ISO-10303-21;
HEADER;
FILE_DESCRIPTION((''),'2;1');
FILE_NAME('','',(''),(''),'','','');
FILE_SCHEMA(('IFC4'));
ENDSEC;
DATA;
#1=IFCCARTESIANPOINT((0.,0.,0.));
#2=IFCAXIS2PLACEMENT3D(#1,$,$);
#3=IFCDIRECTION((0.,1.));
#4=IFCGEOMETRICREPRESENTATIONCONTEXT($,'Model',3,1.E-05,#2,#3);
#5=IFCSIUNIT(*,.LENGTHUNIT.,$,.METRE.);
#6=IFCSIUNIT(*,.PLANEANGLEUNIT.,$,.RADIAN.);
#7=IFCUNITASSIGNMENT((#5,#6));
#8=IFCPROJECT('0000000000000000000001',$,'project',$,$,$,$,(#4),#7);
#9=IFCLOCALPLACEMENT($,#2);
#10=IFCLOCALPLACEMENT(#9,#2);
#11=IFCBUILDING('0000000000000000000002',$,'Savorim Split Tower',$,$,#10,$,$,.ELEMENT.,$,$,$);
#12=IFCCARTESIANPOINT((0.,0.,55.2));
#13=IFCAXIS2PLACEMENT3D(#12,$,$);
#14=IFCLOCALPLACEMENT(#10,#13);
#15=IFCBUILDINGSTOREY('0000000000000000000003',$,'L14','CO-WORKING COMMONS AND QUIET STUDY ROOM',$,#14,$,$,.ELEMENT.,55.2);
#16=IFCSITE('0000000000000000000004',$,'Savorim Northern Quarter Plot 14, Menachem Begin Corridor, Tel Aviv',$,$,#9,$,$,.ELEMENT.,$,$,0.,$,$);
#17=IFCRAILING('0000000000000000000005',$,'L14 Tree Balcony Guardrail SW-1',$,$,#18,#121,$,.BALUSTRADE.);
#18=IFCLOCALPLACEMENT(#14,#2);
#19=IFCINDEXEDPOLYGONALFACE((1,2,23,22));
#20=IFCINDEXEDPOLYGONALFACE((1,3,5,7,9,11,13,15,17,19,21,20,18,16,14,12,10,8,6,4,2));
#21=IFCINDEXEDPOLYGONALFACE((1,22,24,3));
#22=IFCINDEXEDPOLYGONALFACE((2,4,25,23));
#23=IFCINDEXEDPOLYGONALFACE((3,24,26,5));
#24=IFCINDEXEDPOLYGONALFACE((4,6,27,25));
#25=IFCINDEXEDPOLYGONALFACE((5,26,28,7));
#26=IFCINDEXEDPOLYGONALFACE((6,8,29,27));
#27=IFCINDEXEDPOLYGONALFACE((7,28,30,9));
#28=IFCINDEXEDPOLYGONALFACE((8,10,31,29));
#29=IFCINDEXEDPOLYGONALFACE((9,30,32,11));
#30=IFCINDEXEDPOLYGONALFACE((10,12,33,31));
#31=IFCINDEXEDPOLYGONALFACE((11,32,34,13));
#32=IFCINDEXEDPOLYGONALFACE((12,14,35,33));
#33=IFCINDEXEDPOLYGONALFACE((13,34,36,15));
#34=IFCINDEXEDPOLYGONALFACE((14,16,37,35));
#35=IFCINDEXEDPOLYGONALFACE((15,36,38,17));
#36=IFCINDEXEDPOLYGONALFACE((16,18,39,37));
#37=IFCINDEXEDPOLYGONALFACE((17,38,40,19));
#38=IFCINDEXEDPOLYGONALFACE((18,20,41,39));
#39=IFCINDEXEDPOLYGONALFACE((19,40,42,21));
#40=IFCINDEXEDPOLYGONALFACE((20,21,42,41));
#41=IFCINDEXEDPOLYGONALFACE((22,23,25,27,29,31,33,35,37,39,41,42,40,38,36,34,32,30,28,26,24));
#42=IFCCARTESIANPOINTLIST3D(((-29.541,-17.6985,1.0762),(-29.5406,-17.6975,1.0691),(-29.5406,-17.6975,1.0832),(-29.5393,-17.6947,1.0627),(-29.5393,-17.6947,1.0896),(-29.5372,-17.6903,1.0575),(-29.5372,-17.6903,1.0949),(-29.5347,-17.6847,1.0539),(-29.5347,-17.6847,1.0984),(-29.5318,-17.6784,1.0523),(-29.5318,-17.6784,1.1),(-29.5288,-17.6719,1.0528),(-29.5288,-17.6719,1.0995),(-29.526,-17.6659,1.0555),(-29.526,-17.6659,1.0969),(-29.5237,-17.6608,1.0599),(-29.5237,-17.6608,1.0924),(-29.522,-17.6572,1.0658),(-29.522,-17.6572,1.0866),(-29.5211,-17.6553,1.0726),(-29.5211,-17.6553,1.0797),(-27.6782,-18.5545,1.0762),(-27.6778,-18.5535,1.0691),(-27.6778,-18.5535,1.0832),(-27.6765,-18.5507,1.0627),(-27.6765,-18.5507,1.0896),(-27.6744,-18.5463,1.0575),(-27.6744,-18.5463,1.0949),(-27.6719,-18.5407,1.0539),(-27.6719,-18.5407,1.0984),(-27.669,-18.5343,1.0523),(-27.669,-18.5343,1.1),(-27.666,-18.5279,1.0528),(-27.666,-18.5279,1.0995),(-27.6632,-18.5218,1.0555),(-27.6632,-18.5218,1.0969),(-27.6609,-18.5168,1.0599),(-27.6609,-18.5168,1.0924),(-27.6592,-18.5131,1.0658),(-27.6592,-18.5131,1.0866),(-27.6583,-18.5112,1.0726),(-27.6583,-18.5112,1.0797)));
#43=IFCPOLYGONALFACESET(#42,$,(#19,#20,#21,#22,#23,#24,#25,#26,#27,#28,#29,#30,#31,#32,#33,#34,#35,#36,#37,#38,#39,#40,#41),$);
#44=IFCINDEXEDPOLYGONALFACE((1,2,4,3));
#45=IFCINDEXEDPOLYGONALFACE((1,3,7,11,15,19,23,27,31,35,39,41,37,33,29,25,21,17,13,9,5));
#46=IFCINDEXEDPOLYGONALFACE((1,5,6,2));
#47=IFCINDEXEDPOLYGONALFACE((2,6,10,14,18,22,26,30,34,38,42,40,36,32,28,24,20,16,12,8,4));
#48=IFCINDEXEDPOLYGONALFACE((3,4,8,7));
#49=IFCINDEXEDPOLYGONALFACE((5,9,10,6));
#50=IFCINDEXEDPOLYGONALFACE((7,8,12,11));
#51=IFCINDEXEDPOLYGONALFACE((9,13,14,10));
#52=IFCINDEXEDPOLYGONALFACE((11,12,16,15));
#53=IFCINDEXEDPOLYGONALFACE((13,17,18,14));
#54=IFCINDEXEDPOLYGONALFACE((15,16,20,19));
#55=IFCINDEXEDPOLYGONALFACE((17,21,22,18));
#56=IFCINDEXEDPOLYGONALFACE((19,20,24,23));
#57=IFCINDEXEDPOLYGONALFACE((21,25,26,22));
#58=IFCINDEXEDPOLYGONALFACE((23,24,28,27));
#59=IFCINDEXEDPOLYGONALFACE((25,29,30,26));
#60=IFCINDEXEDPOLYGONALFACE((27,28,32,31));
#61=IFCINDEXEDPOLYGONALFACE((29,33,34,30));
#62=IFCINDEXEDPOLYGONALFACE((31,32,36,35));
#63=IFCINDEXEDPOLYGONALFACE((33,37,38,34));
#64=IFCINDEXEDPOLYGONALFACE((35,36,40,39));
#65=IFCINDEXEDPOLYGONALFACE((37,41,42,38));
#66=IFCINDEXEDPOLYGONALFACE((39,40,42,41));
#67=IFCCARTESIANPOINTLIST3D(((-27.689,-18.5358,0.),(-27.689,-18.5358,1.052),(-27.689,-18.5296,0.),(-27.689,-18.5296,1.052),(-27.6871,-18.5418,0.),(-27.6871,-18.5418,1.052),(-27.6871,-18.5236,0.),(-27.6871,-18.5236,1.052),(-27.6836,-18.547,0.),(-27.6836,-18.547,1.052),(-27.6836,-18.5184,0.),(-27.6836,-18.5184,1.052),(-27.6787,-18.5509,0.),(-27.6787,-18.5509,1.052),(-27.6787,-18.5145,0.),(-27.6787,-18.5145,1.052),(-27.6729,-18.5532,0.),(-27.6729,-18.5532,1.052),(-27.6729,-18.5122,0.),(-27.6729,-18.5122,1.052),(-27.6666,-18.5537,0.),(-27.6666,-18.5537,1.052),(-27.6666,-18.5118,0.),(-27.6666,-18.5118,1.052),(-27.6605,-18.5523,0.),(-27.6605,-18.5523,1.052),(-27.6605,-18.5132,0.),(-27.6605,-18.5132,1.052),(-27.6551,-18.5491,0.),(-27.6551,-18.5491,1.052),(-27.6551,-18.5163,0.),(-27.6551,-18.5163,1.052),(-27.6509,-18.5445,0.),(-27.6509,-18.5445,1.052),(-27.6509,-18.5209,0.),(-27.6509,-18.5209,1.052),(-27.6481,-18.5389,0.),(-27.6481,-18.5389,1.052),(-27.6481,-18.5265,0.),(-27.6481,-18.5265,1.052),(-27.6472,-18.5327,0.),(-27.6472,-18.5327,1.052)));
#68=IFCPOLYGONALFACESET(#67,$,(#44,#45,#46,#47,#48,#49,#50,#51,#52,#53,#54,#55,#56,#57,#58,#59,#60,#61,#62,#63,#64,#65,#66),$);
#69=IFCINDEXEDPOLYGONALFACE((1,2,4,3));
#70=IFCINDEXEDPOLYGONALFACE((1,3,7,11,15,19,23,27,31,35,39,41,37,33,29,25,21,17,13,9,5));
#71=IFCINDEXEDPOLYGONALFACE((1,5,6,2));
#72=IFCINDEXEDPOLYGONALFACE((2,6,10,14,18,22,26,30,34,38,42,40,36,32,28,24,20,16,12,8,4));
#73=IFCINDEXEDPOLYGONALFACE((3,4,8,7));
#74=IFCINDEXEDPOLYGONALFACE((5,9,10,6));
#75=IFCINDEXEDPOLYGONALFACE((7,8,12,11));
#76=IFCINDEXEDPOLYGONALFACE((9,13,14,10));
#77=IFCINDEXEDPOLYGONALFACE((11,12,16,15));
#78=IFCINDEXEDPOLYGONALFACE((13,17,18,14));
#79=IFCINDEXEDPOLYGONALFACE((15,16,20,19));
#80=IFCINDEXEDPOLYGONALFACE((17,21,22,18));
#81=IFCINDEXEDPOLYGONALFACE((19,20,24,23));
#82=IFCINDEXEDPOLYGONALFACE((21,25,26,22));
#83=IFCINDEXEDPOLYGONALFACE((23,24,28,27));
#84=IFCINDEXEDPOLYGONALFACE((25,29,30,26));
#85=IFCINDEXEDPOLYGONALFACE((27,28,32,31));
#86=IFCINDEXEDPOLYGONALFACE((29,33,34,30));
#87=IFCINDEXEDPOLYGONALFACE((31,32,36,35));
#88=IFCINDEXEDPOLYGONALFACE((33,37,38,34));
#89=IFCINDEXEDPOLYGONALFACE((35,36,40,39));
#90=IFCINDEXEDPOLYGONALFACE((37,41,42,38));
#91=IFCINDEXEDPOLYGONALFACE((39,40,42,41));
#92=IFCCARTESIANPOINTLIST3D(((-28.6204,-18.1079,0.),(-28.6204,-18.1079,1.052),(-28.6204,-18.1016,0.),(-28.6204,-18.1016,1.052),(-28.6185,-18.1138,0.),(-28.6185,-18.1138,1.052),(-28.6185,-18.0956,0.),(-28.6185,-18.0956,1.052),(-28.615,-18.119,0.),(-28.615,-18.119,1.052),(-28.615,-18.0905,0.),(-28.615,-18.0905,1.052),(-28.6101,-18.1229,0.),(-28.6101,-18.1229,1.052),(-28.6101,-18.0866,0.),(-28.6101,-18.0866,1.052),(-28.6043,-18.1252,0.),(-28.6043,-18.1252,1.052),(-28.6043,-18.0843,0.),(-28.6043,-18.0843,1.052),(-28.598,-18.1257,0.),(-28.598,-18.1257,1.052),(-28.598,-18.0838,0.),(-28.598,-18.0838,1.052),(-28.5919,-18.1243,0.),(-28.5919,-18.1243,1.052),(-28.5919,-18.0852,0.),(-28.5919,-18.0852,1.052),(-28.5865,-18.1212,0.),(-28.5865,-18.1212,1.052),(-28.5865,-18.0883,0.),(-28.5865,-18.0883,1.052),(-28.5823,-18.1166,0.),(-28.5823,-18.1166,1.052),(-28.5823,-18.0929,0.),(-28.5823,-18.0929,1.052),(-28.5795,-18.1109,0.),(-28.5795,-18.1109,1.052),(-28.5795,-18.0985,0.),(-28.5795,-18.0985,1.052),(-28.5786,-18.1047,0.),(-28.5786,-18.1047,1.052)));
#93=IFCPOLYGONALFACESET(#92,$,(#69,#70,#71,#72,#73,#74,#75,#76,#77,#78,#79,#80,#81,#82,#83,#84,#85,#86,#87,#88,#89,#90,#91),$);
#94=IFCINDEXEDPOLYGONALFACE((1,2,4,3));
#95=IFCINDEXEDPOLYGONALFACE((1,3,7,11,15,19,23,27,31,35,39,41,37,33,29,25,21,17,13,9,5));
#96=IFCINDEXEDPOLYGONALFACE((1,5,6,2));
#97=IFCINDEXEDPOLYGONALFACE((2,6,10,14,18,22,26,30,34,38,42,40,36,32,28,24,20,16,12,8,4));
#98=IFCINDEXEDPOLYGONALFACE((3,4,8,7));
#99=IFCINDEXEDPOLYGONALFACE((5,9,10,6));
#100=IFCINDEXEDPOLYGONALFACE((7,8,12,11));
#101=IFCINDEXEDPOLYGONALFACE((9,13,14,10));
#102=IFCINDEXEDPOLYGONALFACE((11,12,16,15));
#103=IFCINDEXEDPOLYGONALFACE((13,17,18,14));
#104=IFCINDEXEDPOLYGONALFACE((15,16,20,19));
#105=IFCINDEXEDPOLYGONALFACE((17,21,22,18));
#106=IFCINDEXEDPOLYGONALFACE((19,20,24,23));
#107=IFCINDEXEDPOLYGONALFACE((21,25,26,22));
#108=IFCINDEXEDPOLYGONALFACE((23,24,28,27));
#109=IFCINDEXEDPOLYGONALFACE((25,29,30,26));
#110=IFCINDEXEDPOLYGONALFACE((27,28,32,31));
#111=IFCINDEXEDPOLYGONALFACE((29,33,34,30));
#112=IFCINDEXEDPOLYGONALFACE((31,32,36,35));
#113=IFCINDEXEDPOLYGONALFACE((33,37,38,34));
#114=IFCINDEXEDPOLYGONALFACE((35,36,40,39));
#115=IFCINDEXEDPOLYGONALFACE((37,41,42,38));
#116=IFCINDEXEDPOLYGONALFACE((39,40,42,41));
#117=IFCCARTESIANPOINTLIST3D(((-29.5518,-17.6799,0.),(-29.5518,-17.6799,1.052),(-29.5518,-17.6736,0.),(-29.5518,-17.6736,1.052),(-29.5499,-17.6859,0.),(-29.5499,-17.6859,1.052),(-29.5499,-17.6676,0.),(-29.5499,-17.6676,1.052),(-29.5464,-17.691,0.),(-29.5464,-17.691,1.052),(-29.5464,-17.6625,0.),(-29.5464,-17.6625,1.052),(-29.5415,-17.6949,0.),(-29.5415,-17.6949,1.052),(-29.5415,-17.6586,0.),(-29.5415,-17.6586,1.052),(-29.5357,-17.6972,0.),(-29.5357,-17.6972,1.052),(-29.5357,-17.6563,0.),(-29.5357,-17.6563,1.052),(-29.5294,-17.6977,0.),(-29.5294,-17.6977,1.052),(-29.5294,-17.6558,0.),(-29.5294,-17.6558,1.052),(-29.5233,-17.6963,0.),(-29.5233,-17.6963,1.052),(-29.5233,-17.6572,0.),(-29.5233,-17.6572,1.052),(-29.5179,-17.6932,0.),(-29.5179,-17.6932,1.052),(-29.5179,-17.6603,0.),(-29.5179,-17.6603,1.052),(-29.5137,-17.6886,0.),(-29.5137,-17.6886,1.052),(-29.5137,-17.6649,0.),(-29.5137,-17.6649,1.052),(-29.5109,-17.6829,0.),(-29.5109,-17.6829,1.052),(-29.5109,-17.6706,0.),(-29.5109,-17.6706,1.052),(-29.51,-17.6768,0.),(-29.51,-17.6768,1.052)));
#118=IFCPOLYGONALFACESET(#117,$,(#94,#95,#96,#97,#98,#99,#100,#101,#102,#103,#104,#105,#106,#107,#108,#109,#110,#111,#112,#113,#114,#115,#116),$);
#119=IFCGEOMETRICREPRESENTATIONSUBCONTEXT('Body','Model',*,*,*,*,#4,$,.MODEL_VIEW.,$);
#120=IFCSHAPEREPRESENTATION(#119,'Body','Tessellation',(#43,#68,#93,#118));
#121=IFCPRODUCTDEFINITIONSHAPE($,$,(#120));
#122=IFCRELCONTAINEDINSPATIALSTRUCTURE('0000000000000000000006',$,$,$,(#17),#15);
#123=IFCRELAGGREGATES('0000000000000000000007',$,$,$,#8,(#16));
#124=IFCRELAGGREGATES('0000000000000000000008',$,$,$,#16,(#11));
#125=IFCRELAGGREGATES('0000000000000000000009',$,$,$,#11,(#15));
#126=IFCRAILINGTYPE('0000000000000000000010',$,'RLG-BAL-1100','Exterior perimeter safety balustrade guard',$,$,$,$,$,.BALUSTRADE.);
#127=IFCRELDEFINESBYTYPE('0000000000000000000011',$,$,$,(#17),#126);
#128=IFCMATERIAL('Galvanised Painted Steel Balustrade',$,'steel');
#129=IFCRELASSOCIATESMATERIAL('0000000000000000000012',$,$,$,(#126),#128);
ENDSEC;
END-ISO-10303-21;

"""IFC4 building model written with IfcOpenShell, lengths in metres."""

from ifc_helpers import new_model, si_unit, direction, frame, origin, origin_2d, place, context, subcontext, project, spatial, circle, extrude, material, type_object, element, save


model = new_model("IFC4")

# Units and contexts
model_context = context("Model", 3, precision=1e-05, world=origin(), true_north=direction((0.0, 1.0)))
body_context = subcontext(model_context, "Body", "Model", "MODEL_VIEW")
ifc_project = project(units=[si_unit("LENGTHUNIT", "METRE"), si_unit("PLANEANGLEUNIT", "RADIAN")], contexts=[model_context])

# Site, building, storey
site_placement = place(None, origin())
site = spatial("IfcSite", under=ifc_project, at=site_placement, Name="Savorim Northern Quarter Plot 14, Menachem Begin Corridor, Tel Aviv", CompositionType="ELEMENT", RefElevation=0.0)
building_placement = place(site_placement, origin())
building = spatial("IfcBuilding", under=site, at=building_placement, Name="Savorim Split Tower", CompositionType="ELEMENT")
storey_placement = place(building_placement, frame((0.0, 0.0, 55.2)))
storey = spatial("IfcBuildingStorey", under=building, at=storey_placement, Name="L14", Description="CO-WORKING COMMONS AND QUIET STUDY ROOM", CompositionType="ELEMENT", Elevation=55.2)

# Railing
ifc_material_1 = material(Name="Galvanised Painted Steel Balustrade", Category="steel")
railing_type = type_object("IfcRailingType", Name="RLG-BAL-1100", Description="Exterior perimeter safety balustrade guard", PredefinedType="BALUSTRADE", material=ifc_material_1)
railing_1_placement = place(storey_placement, frame((-27.6682, -18.5327, 0.0)))
element("IfcRailing", 1, at=railing_1_placement, inside=storey, type_object=railing_type, Name="L14 Tree Balcony Guardrail SW-1", PredefinedType="BALUSTRADE", context=body_context, shape_type="SweptSolid", body=[
    extrude(circle(Radius=0.0239, at=origin_2d()), frame((0.0, 0.0, 1.0762), z_axis=(-0.908662, 0.417532, 0.0), x_axis=(-0.417532, -0.908662, 0.0)), (0.0, 0.0, 1.0), 2.05),
    extrude(circle(Radius=0.021, at=origin_2d()), origin(), (0.0, 0.0, 1.0), 1.052),
    extrude(circle(Radius=0.021, at=origin_2d()), frame((-0.9314, 0.428, 0.0)), (0.0, 0.0, 1.0), 1.052),
    extrude(circle(Radius=0.021, at=origin_2d()), frame((-1.8628, 0.856, 0.0)), (0.0, 0.0, 1.0), 1.052),
])

save(model, "model.ifc")
